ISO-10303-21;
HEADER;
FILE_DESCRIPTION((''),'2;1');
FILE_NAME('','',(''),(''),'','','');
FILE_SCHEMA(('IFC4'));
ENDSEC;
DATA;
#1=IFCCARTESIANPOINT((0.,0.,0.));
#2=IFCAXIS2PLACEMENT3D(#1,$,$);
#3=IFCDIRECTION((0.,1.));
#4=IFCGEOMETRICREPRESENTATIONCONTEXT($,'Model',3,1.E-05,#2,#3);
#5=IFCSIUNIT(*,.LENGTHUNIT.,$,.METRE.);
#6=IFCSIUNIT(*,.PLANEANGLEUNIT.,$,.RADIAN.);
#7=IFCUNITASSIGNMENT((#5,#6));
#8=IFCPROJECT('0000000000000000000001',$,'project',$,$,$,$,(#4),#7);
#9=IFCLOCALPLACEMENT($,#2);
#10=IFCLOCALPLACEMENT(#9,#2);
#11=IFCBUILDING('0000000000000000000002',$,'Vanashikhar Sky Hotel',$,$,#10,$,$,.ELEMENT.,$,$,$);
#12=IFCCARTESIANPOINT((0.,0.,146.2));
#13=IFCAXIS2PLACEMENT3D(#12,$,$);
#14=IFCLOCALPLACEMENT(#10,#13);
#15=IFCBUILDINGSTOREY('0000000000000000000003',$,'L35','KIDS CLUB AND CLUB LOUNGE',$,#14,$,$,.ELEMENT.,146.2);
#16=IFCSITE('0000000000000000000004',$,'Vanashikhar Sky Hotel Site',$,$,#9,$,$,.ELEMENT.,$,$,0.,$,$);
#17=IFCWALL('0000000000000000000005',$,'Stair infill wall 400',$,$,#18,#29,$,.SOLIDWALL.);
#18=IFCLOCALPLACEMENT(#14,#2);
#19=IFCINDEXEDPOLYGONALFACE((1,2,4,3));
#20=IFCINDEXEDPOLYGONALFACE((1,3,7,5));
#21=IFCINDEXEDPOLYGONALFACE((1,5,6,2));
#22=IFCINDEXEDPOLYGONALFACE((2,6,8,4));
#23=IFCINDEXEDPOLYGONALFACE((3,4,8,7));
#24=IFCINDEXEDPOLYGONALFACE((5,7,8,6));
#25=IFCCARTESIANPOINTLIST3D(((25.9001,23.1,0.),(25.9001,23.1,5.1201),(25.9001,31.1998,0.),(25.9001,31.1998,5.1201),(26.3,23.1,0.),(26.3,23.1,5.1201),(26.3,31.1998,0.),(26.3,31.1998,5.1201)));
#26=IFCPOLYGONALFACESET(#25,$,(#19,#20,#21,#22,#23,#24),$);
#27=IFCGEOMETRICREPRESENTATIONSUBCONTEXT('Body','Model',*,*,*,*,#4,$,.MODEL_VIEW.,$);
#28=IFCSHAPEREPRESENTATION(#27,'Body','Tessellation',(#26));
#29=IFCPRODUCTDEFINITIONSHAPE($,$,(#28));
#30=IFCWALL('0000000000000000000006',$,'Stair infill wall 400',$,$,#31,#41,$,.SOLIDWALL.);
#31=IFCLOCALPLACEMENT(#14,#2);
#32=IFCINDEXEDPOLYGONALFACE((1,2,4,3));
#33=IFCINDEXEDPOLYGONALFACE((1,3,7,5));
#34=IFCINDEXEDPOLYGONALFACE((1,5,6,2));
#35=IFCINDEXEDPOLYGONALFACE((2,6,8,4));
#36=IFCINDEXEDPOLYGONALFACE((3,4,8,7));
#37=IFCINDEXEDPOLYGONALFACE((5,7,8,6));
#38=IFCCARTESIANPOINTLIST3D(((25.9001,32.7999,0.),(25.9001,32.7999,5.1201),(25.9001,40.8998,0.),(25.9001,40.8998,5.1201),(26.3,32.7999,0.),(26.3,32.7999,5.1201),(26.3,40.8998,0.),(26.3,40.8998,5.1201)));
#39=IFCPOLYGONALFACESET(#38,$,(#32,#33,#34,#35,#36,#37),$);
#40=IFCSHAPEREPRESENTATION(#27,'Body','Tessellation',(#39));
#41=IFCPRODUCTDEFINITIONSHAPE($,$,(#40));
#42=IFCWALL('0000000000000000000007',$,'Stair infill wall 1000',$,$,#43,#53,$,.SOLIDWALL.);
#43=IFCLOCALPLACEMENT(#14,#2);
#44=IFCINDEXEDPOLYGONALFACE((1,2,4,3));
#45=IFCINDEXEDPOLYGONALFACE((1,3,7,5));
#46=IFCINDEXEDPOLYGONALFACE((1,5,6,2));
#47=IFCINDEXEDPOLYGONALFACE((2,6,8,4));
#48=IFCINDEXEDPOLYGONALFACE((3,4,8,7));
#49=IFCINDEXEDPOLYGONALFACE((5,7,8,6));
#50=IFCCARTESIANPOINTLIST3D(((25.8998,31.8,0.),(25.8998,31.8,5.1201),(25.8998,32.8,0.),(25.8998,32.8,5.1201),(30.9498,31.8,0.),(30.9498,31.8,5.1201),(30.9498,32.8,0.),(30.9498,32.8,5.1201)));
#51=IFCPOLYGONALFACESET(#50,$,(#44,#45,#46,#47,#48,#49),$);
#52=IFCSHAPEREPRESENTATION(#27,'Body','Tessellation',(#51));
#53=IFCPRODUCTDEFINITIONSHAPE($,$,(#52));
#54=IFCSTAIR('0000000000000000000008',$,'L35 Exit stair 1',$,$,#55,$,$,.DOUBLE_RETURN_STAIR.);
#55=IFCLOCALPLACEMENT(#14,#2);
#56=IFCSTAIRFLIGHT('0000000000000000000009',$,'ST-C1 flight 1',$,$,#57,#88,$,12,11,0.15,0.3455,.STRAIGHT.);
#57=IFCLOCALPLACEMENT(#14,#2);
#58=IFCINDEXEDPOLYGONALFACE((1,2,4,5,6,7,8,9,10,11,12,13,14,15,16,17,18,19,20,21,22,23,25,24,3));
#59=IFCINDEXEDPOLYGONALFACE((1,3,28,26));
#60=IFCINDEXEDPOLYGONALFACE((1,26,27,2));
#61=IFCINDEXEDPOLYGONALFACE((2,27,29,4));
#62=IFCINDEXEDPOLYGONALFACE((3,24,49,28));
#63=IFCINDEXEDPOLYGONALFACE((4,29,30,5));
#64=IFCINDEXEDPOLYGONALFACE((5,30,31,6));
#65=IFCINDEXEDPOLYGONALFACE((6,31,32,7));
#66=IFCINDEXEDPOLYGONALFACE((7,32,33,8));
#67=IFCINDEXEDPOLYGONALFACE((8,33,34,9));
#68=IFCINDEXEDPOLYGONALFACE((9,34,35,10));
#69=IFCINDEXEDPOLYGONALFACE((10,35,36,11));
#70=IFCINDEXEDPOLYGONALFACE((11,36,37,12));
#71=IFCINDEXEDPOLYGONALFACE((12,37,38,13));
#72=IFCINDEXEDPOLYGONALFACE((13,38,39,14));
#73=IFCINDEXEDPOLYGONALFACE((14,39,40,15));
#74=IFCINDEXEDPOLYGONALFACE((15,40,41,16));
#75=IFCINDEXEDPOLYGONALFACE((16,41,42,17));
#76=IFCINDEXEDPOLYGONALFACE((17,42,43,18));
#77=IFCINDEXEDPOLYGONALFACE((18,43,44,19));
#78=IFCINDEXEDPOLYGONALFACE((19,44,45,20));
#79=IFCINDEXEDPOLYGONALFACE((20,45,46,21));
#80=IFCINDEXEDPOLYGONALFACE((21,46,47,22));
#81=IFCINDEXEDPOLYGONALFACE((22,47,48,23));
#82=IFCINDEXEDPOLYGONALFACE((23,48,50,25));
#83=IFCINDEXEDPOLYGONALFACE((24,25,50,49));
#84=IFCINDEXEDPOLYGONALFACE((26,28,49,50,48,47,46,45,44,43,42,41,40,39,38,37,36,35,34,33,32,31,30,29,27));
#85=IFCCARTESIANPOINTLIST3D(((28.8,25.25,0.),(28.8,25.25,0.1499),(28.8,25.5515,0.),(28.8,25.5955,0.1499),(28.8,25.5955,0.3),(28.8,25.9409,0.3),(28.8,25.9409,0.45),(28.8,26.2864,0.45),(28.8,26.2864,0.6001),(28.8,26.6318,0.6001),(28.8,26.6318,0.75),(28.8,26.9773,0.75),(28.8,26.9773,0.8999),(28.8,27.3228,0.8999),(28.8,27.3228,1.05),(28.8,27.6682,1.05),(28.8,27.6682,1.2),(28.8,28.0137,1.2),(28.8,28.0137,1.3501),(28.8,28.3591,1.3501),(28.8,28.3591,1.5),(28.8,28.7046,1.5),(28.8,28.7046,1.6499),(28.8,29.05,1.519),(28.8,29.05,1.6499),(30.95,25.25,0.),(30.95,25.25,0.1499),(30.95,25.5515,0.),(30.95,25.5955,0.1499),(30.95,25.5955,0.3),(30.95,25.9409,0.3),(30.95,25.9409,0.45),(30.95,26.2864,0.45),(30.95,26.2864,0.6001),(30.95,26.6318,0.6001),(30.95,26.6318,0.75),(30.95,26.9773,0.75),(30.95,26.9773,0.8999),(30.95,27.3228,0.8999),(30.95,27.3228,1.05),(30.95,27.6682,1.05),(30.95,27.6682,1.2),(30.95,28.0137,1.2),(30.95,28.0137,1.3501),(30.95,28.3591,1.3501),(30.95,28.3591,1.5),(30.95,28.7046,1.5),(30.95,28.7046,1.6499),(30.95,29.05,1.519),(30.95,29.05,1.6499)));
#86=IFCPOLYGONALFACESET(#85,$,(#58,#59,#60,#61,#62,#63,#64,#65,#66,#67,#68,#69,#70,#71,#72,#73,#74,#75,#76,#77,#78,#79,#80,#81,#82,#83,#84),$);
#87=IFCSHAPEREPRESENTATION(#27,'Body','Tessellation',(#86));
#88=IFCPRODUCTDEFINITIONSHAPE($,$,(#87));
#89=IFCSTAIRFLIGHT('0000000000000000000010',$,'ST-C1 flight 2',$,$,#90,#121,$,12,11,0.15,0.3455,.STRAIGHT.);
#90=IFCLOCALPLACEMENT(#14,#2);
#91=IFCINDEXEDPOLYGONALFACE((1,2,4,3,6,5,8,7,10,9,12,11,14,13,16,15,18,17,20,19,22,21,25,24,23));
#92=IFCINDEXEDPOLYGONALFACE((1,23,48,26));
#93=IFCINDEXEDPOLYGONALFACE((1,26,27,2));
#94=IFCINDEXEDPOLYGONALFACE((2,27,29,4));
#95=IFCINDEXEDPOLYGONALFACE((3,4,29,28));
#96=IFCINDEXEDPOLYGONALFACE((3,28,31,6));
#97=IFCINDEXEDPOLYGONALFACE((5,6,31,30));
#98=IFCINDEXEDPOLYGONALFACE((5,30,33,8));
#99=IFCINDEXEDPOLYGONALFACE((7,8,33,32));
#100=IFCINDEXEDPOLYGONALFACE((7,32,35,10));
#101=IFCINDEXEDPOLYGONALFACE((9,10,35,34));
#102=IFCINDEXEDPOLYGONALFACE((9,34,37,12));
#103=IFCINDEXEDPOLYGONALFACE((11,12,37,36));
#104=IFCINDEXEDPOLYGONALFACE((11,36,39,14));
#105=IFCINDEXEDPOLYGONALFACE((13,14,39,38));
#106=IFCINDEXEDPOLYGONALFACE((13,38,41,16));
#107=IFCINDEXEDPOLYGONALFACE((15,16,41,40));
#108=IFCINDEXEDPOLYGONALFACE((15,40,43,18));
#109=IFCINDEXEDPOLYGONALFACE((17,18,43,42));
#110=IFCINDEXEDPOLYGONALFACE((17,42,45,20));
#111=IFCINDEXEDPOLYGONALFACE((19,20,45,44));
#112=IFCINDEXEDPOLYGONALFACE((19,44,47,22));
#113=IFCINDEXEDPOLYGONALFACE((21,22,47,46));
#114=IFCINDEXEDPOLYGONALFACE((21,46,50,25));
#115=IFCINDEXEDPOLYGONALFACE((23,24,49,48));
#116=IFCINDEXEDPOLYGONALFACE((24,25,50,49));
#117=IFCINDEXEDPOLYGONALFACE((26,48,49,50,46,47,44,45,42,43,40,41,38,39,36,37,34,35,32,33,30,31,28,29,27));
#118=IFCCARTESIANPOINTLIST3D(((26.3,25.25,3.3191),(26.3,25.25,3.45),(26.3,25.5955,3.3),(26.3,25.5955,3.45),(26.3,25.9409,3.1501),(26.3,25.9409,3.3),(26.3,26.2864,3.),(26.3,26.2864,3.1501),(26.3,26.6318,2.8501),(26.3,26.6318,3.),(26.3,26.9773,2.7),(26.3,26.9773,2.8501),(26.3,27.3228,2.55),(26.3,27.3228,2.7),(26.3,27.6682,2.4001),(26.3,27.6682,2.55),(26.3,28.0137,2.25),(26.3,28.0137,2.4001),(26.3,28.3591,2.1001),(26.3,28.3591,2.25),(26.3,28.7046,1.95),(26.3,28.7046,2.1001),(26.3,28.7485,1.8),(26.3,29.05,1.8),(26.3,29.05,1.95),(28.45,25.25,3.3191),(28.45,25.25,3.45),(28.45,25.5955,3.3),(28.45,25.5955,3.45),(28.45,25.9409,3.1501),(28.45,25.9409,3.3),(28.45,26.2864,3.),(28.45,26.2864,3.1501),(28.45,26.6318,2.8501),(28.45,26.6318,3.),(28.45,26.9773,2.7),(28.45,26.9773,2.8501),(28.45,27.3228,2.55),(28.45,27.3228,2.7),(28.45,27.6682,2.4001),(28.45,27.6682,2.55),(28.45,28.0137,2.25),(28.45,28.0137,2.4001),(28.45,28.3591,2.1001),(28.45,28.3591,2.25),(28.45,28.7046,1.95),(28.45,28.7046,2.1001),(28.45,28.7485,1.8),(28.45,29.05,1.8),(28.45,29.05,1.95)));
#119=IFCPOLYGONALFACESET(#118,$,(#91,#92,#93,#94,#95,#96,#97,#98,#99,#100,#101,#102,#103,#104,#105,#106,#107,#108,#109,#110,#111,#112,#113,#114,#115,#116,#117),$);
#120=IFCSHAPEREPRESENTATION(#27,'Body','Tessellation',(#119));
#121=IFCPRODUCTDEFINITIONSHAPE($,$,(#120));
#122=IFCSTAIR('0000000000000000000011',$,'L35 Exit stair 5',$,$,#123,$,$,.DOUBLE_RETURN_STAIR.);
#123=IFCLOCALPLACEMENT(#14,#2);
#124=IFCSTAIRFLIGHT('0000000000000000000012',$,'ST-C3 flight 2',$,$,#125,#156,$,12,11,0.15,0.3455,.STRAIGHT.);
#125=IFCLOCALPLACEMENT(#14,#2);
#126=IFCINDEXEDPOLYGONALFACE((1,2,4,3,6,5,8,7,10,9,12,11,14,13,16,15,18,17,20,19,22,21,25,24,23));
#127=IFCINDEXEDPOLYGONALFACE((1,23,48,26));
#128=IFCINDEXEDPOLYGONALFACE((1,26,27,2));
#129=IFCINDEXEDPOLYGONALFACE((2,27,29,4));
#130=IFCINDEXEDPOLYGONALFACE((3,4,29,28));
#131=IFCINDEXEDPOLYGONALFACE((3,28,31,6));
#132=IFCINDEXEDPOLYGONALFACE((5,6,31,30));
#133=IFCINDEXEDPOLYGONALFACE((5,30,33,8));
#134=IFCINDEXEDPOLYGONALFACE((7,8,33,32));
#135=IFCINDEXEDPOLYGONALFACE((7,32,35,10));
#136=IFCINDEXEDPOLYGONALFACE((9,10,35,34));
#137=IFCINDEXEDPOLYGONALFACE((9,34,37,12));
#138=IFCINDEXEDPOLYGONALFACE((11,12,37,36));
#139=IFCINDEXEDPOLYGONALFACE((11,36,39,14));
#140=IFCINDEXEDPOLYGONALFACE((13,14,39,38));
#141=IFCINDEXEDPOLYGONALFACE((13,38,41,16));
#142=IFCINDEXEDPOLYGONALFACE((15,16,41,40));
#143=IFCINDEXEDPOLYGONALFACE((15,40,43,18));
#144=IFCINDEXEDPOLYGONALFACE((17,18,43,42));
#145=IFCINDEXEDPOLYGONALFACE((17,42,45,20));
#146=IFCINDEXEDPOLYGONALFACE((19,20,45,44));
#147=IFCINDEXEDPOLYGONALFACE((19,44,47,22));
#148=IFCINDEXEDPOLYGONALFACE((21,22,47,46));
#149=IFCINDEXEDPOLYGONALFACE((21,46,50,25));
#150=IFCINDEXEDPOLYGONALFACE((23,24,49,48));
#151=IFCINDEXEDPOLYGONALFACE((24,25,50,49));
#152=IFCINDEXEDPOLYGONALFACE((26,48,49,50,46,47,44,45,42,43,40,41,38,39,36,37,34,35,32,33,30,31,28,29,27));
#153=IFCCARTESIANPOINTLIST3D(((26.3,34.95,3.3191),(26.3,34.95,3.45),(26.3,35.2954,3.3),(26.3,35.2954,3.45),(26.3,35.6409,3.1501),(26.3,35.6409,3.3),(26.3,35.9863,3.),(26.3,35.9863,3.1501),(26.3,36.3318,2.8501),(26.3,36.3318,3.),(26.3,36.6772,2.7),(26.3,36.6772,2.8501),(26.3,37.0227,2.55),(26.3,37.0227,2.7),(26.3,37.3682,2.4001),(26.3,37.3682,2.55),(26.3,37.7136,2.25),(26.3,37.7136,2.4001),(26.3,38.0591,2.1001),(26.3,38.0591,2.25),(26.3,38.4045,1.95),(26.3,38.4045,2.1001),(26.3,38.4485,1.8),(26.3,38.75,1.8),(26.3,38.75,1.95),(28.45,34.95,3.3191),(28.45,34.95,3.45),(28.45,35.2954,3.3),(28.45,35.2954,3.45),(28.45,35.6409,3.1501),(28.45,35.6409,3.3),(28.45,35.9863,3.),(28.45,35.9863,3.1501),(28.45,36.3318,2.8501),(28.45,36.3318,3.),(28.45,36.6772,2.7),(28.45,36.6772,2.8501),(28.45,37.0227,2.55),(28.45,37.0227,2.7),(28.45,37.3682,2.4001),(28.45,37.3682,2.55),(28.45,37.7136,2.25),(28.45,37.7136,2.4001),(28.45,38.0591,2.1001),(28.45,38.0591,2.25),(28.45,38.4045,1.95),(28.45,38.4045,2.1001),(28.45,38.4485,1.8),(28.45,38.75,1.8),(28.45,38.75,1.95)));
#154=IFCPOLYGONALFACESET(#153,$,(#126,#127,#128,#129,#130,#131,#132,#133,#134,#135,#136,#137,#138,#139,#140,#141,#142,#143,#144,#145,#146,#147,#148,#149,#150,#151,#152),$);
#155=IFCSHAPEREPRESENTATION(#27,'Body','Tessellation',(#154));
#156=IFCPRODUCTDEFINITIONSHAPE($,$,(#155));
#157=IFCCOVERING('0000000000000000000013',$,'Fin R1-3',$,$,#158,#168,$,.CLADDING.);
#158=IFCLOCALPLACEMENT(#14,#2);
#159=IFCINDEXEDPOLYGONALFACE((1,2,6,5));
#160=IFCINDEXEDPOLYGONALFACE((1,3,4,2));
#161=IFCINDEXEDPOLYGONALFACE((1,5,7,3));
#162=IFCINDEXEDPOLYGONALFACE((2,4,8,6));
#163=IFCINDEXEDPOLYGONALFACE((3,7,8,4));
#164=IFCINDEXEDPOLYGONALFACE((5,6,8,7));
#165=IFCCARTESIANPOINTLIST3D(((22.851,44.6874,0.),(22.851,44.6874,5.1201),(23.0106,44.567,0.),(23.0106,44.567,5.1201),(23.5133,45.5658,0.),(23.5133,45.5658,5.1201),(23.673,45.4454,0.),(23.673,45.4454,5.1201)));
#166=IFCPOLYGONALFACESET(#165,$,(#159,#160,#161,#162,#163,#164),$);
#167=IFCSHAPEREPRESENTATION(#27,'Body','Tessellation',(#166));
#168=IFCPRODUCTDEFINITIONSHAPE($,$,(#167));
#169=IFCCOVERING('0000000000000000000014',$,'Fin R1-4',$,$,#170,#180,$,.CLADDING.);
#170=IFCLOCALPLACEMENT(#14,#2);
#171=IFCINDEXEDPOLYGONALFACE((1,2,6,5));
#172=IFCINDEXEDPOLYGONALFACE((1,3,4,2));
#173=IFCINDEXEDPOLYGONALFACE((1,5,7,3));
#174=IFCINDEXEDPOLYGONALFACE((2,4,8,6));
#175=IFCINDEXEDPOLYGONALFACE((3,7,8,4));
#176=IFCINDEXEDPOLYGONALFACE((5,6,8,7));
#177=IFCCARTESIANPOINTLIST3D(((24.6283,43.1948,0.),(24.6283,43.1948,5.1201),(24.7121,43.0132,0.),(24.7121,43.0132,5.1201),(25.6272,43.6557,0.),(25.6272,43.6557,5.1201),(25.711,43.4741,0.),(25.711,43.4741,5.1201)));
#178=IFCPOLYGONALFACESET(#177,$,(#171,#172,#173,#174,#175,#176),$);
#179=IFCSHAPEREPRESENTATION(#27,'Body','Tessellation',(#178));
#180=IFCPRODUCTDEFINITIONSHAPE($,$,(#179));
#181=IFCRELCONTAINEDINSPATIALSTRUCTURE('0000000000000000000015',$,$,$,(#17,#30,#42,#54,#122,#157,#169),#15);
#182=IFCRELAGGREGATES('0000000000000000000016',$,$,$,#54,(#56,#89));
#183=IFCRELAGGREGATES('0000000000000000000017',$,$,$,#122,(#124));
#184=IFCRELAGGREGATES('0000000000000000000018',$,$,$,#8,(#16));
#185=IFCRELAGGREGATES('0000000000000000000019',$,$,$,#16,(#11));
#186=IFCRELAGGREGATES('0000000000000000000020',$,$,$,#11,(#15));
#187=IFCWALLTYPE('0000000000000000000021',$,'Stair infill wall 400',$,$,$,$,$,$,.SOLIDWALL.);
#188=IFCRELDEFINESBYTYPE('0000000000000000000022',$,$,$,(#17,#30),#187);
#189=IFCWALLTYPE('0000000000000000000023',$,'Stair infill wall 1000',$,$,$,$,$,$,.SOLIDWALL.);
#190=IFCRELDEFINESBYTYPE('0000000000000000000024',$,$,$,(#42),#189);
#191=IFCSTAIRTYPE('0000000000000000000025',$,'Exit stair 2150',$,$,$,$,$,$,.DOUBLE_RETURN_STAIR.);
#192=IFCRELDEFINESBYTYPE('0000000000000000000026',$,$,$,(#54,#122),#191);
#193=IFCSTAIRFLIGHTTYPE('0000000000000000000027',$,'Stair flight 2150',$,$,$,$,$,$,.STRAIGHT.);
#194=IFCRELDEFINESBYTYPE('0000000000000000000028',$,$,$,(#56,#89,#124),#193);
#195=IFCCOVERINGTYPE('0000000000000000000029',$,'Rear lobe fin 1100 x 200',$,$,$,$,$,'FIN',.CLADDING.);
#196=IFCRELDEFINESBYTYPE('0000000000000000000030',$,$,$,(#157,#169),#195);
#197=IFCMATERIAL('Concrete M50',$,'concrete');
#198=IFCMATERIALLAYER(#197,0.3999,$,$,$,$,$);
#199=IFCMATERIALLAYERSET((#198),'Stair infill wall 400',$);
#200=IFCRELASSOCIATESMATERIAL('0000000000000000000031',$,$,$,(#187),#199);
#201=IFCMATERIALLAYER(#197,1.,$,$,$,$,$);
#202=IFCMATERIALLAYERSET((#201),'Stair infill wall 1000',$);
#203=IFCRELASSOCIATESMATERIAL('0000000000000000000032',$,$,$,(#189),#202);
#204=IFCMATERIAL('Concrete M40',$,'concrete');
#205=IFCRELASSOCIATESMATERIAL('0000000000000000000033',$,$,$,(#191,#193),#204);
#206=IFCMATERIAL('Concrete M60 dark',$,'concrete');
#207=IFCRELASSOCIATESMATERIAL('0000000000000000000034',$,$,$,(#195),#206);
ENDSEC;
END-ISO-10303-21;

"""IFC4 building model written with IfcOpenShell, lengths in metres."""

from ifc_helpers import new_model, si_unit, direction, frame, frame_2d, origin, origin_2d, place, context, subcontext, project, spatial, polyline, rectangle, outline, extrude, source, transform, mapped, material, layer, layer_set, material_profile, profile_set, type_object, element, aggregate, save


model = new_model("IFC4")

# Units and contexts
model_context = context("Model", 3, precision=1e-05, world=origin(), true_north=direction((0.0, 1.0)))
body_context = subcontext(model_context, "Body", "Model", "MODEL_VIEW")
ifc_project = project(units=[si_unit("LENGTHUNIT", "METRE"), si_unit("PLANEANGLEUNIT", "RADIAN")], contexts=[model_context])

# Site, building, storey
site_placement = place(None, origin())
site = spatial("IfcSite", under=ifc_project, at=site_placement, Name="Vanashikhar Sky Hotel Site", CompositionType="ELEMENT", RefElevation=0.0)
building_placement = place(site_placement, origin())
building = spatial("IfcBuilding", under=site, at=building_placement, Name="Vanashikhar Sky Hotel", CompositionType="ELEMENT")
storey_placement = place(building_placement, frame((0.0, 0.0, 146.2)))
storey = spatial("IfcBuildingStorey", under=building, at=storey_placement, Name="L35", Description="KIDS CLUB AND CLUB LOUNGE", CompositionType="ELEMENT", Elevation=146.2)

# Shared definitions
ifc_material_1 = material(Name="Concrete M50", Category="concrete")

# Walls
ifc_layer_1 = layer(ifc_material_1, 0.3999)
ifc_layer_set_1 = layer_set([ifc_layer_1], Name="Stair infill wall 400")
wall_type_1 = type_object("IfcWallType", Name="Stair infill wall 400", PredefinedType="SOLIDWALL", material=ifc_layer_set_1)
shared_shape_1 = source(origin(), body_context, "Body", "SweptSolid", [
    extrude(rectangle(XDim=8.0999, YDim=0.3999, at=frame_2d((4.0498, 0.0))), origin(), (0.0, 0.0, 1.0), 5.1201),
])
for number, where, z_axis, x_axis, name in (
    (1, (26.1001, 23.1001, 0.0), (0.0, 0.0, 1.0), (0.0, 1.0, 0.0), "Stair infill wall 400"),
    (2, (26.1001, 32.8, 0.0), (0.0, 0.0, 1.0), (0.0, 1.0, 0.0), "Stair infill wall 400"),
):
    element("IfcWall", number, at=place(storey_placement, frame(where, z_axis=z_axis, x_axis=x_axis)), inside=storey, type_object=wall_type_1, Name=name, PredefinedType="SOLIDWALL", context=body_context, shape_type="MappedRepresentation", body=[
        mapped(shared_shape_1, transform((0.0, 0.0, 0.0), scale=1.0)),
    ])
ifc_layer_2 = layer(ifc_material_1, 1.0)
ifc_layer_set_2 = layer_set([ifc_layer_2], Name="Stair infill wall 1000")
wall_type_2 = type_object("IfcWallType", Name="Stair infill wall 1000", PredefinedType="SOLIDWALL", material=ifc_layer_set_2)
shared_shape_2 = source(origin(), body_context, "Body", "SweptSolid", [
    extrude(rectangle(XDim=5.05, YDim=1.0, at=frame_2d((2.5249, 0.0))), origin(), (0.0, 0.0, 1.0), 5.1201),
])
wall_1_placement = place(storey_placement, frame((25.8999, 32.3, 0.0), z_axis=(0.0, 0.0, 1.0), x_axis=(1.0, 0.0, 0.0)))
element("IfcWall", 3, at=wall_1_placement, inside=storey, type_object=wall_type_2, Name="Stair infill wall 1000", PredefinedType="SOLIDWALL", context=body_context, shape_type="MappedRepresentation", body=[
    mapped(shared_shape_2, transform((0.0, 0.0, 0.0), scale=1.0)),
])

# Stair, stair flights
ifc_material_2 = material(Name="Concrete M40", Category="concrete")
stair_type = type_object("IfcStairType", Name="Exit stair 2150", PredefinedType="DOUBLE_RETURN_STAIR", material=ifc_material_2)
stair_1_placement = place(storey_placement, origin())
stair_1 = element("IfcStair", 4, at=stair_1_placement, inside=storey, type_object=stair_type, Name="L35 Exit stair 1", PredefinedType="DOUBLE_RETURN_STAIR")
stair_flight_type = type_object("IfcStairFlightType", Name="Stair flight 2150", PredefinedType="STRAIGHT", material=ifc_material_2)
shared_shape_3 = source(origin(), body_context, "Body", "SweptSolid", [
    extrude(outline(polyline([(0.0, 0.0), (0.0, 0.1499), (0.3455, 0.1499), (0.3455, 0.3), (0.6909, 0.3), (0.6909, 0.45), (1.0364, 0.45), (1.0364, 0.6001), (1.3818, 0.6001), (1.3818, 0.75), (1.7273, 0.75), (1.7273, 0.8999), (2.0728, 0.8999), (2.0728, 1.05), (2.4182, 1.05), (2.4182, 1.2), (2.7637, 1.2), (2.7637, 1.3501), (3.1091, 1.3501), (3.1091, 1.5), (3.4546, 1.5), (3.4546, 1.6499), (3.8, 1.6499), (3.8, 1.8), (3.8, 1.519), (0.3015, 0.0), (0.0, 0.0)])), frame((0.0, 1.075, 0.0), z_axis=(0.0, -1.0, 0.0), x_axis=(1.0, 0.0, 0.0)), (0.0, 0.0, 1.0), 2.1499),
])
stair_flight_1_placement = place(storey_placement, frame((29.875, 25.25, 0.0), z_axis=(0.0, 0.0, 1.0), x_axis=(0.0, 1.0, 0.0)))
stair_flight_1 = element("IfcStairFlight", 5, at=stair_flight_1_placement, type_object=stair_flight_type, Name="ST-C1 flight 1", NumberOfRisers=12, NumberOfTreads=11, PredefinedType="STRAIGHT", RiserHeight=0.15, TreadLength=0.3455, context=body_context, shape_type="MappedRepresentation", body=[
    mapped(shared_shape_3, transform((0.0, 0.0, 0.0), scale=1.0)),
])
stair_flight_2_placement = place(storey_placement, frame((27.375, 29.05, 1.8), z_axis=(0.0, 0.0, 1.0), x_axis=(0.0, -1.0, 0.0)))
stair_flight_2 = element("IfcStairFlight", 6, at=stair_flight_2_placement, type_object=stair_flight_type, Name="ST-C1 flight 2", NumberOfRisers=12, NumberOfTreads=11, PredefinedType="STRAIGHT", RiserHeight=0.15, TreadLength=0.3455, context=body_context, shape_type="MappedRepresentation", body=[
    mapped(shared_shape_3, transform((0.0, 0.0, 0.0), scale=1.0)),
])
aggregate(stair_1, [stair_flight_1, stair_flight_2])

# Stair, stair flight
stair_2_placement = place(storey_placement, origin())
stair_2 = element("IfcStair", 7, at=stair_2_placement, inside=storey, type_object=stair_type, Name="L35 Exit stair 5", PredefinedType="DOUBLE_RETURN_STAIR")
stair_flight_3_placement = place(storey_placement, frame((27.375, 38.75, 1.8), z_axis=(0.0, 0.0, 1.0), x_axis=(0.0, -1.0, 0.0)))
stair_flight_3 = element("IfcStairFlight", 8, at=stair_flight_3_placement, type_object=stair_flight_type, Name="ST-C3 flight 2", NumberOfRisers=12, NumberOfTreads=11, PredefinedType="STRAIGHT", RiserHeight=0.15, TreadLength=0.3455, context=body_context, shape_type="MappedRepresentation", body=[
    mapped(shared_shape_3, transform((0.0, 0.0, 0.0), scale=1.0)),
])
aggregate(stair_2, [stair_flight_3])

# Coverings
ifc_material_3 = material(Name="Concrete M60 dark", Category="concrete")
ifc_material_profile = material_profile(ifc_material_3, rectangle(XDim=1.1001, YDim=0.2, at=origin_2d()))
ifc_profile_set = profile_set([ifc_material_profile], Name="Rear lobe fin 1100 x 200")
covering_type = type_object("IfcCoveringType", Name="Rear lobe fin 1100 x 200", ElementType="FIN", PredefinedType="CLADDING", material=ifc_profile_set)
shared_shape_4 = source(origin(), body_context, "Body", "SweptSolid", [
    extrude(rectangle(XDim=1.1001, YDim=0.2, at=origin_2d()), origin(), (0.0, 0.0, 1.0), 5.1201),
])
for number, where, z_axis, x_axis, name in (
    (9, (23.262, 45.0664, 0.0), (0.0, 0.0, 1.0), (0.602066, 0.798446, 0.0), "Fin R1-3"),
    (10, (25.1697, 43.3345, 0.0), (0.0, 0.0, 1.0), (0.908004, 0.418961, 0.0), "Fin R1-4"),
):
    element("IfcCovering", number, at=place(storey_placement, frame(where, z_axis=z_axis, x_axis=x_axis)), inside=storey, type_object=covering_type, Name=name, PredefinedType="CLADDING", context=body_context, shape_type="MappedRepresentation", body=[
        mapped(shared_shape_4, transform((0.0, 0.0, 0.0), scale=1.0)),
    ])

save(model, "model.ifc")
